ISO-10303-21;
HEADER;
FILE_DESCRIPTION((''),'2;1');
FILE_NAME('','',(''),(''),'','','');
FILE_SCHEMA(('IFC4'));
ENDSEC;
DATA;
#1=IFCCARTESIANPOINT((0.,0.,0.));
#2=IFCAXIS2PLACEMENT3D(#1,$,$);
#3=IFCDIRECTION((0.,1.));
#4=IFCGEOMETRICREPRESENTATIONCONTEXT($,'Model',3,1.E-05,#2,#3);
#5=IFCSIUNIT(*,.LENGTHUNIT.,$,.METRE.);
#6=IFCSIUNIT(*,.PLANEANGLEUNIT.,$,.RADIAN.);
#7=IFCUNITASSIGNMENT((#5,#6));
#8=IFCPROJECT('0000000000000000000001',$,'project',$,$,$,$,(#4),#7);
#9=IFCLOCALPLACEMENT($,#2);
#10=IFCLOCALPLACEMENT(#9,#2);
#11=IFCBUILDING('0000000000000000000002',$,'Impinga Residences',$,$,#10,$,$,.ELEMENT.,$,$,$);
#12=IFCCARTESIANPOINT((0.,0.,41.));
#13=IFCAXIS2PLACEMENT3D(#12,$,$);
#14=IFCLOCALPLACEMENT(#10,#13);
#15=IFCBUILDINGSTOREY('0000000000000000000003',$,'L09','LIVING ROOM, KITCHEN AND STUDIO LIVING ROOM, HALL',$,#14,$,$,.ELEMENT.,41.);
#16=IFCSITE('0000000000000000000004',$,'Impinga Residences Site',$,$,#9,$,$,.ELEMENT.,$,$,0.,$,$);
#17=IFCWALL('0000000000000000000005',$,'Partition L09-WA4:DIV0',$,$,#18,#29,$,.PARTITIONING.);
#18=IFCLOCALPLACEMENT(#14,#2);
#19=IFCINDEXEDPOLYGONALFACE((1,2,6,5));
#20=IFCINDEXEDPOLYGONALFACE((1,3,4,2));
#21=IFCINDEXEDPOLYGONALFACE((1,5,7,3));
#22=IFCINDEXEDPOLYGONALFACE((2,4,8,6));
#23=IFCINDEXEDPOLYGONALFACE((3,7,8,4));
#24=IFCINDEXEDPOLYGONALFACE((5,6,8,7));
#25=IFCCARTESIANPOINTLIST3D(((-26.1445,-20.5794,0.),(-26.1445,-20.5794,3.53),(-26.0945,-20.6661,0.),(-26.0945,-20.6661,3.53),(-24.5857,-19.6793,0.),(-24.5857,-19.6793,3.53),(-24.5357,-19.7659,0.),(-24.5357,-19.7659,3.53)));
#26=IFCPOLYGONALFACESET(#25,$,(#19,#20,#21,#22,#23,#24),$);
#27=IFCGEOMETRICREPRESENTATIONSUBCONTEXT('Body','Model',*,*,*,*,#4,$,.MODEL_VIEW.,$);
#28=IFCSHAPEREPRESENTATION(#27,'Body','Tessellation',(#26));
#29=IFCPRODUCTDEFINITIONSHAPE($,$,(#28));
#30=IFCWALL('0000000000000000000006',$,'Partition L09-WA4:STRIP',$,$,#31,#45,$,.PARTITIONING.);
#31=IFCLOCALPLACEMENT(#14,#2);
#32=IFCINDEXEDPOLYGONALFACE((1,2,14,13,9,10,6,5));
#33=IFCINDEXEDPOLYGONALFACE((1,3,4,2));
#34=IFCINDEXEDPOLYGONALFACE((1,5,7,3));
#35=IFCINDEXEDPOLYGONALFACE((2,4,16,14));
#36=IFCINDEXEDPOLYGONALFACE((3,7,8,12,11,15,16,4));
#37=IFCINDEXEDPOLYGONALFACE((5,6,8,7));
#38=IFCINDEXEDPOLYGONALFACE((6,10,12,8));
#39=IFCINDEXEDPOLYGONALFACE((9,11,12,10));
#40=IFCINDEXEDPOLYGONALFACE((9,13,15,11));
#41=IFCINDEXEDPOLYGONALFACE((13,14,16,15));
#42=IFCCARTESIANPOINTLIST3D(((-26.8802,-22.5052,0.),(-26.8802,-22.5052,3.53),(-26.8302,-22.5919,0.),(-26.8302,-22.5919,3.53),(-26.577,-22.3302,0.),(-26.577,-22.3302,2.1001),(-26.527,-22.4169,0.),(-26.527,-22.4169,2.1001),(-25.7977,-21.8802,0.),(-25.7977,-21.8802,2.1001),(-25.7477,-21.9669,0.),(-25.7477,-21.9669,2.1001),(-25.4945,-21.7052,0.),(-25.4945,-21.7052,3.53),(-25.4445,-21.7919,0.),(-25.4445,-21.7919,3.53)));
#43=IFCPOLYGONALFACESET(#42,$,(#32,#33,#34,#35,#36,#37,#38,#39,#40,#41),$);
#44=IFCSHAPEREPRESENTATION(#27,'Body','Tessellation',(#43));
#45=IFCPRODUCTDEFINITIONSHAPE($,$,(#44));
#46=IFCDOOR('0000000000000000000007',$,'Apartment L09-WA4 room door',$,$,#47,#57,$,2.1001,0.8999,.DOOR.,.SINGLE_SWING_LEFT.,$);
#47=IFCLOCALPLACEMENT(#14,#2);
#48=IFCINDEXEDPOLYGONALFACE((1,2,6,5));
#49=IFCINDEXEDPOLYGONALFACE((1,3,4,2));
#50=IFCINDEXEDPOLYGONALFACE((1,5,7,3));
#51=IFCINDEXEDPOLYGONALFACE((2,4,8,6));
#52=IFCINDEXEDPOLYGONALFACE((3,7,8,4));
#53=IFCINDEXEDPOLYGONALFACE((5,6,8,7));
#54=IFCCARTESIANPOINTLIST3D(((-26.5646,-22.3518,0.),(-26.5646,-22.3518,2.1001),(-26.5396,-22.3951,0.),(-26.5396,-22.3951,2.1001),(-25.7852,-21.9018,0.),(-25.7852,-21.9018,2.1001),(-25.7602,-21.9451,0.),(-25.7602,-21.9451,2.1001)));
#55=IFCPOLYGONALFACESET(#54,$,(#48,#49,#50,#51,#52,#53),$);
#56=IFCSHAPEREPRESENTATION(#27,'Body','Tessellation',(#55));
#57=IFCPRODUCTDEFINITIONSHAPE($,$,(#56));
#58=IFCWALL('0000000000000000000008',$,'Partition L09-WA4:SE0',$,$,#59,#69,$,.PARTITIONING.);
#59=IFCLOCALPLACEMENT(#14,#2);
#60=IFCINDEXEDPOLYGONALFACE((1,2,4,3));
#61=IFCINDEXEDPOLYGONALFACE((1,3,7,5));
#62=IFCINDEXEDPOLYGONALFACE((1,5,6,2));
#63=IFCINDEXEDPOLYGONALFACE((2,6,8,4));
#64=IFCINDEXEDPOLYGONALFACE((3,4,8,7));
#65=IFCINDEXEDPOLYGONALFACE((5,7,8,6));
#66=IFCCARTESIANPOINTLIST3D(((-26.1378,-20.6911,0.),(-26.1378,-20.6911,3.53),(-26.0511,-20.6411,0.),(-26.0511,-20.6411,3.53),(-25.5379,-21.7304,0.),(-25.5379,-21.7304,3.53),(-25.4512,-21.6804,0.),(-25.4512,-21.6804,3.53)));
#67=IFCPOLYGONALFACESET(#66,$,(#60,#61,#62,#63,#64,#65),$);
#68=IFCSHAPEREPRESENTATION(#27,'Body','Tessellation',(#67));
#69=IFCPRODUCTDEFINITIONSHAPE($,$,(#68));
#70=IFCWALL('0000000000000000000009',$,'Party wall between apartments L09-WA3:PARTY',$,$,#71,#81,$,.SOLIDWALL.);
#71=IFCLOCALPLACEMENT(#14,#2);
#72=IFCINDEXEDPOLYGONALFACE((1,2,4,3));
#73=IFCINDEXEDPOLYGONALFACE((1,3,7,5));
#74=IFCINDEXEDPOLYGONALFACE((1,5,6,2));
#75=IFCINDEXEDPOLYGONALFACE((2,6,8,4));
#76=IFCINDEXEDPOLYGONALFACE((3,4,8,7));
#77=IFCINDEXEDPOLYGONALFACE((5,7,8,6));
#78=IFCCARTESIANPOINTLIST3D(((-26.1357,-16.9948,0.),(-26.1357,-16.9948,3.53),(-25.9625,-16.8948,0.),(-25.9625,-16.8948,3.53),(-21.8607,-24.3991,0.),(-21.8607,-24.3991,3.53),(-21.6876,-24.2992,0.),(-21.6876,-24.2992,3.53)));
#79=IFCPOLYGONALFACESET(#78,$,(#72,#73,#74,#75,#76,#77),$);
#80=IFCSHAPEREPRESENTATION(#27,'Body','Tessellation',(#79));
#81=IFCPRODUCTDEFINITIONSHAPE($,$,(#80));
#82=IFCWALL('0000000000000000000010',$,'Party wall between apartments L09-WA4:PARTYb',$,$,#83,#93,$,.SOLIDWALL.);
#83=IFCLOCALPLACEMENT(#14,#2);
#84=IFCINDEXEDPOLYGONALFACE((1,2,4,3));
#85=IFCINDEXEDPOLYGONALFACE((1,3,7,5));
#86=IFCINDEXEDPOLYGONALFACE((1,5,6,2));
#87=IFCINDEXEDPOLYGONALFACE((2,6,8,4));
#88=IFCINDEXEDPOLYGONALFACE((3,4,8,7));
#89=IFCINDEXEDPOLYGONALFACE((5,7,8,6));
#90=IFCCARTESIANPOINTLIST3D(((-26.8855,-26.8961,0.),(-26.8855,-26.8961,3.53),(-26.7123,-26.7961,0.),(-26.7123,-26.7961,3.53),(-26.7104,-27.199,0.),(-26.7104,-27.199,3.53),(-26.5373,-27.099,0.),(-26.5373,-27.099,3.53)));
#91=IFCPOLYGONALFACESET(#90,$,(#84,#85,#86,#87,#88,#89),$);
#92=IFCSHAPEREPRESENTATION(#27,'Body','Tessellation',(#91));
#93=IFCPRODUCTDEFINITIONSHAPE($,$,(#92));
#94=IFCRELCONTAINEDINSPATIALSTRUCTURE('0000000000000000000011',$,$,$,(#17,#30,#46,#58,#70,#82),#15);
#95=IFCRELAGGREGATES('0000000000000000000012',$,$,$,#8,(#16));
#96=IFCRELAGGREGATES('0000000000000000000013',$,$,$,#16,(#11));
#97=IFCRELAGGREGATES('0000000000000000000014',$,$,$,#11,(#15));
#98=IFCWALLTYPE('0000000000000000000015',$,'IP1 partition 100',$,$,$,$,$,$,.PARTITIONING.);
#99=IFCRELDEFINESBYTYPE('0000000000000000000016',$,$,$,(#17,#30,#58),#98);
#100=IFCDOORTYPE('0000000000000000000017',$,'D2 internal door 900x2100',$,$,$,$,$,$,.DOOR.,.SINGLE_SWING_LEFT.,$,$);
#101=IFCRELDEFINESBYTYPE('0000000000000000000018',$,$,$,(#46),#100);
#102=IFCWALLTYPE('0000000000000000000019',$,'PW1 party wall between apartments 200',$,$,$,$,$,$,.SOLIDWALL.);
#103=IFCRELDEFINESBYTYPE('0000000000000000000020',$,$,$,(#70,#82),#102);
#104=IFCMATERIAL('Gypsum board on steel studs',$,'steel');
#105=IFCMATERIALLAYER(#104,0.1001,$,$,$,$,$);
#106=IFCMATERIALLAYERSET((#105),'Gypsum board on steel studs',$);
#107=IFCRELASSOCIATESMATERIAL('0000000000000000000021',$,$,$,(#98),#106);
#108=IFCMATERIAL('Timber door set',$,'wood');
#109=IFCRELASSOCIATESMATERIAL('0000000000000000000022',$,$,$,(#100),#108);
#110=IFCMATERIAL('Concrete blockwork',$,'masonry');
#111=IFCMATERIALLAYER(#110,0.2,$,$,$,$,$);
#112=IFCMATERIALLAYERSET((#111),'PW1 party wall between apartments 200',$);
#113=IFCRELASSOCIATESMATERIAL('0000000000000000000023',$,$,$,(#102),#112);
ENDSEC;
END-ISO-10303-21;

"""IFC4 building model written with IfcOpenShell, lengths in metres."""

from ifc_helpers import new_model, si_unit, direction, frame, frame_2d, origin, place, context, subcontext, project, spatial, rectangle, extrude, material, layer, layer_set, type_object, element, fill, save


model = new_model("IFC4")

# Units and contexts
model_context = context("Model", 3, precision=1e-05, world=origin(), true_north=direction((0.0, 1.0)))
body_context = subcontext(model_context, "Body", "Model", "MODEL_VIEW")
ifc_project = project(units=[si_unit("LENGTHUNIT", "METRE"), si_unit("PLANEANGLEUNIT", "RADIAN")], contexts=[model_context])

# Site, building, storey
site_placement = place(None, origin())
site = spatial("IfcSite", under=ifc_project, at=site_placement, Name="Impinga Residences Site", CompositionType="ELEMENT", RefElevation=0.0)
building_placement = place(site_placement, origin())
building = spatial("IfcBuilding", under=site, at=building_placement, Name="Impinga Residences", CompositionType="ELEMENT")
storey_placement = place(building_placement, frame((0.0, 0.0, 41.0)))
storey = spatial("IfcBuildingStorey", under=building, at=storey_placement, Name="L09", Description="LIVING ROOM, KITCHEN AND STUDIO LIVING ROOM, HALL", CompositionType="ELEMENT", Elevation=41.0)

# Shared definitions
ifc_material_1 = material(Name="Concrete blockwork", Category="masonry")
ifc_material_2 = material(Name="Timber door set", Category="wood")

# Shared definitions
ifc_material_3 = material(Name="Gypsum board on steel studs", Category="steel")
ifc_layer_1 = layer(ifc_material_3, 0.1001)
ifc_layer_set_1 = layer_set([ifc_layer_1], Name="Gypsum board on steel studs")
wall_type_1 = type_object("IfcWallType", Name="IP1 partition 100", PredefinedType="PARTITIONING", material=ifc_layer_set_1)

# Shared definitions
door_type_1 = type_object("IfcDoorType", Name="D2 internal door 900x2100", OperationType="SINGLE_SWING_LEFT", PredefinedType="DOOR", material=ifc_material_2)

# Wall
wall_1_placement = place(storey_placement, frame((-24.5608, -19.7227, 0.0), z_axis=(0.0, 0.0, 1.0), x_axis=(-0.865989, -0.500063, 0.0)))
element("IfcWall", 1, at=wall_1_placement, inside=storey, type_object=wall_type_1, Name="Partition L09-WA4:DIV0", PredefinedType="PARTITIONING", context=body_context, shape_type="SweptSolid", body=[
    extrude(rectangle(XDim=1.8, YDim=0.1001, at=frame_2d((0.8999, 0.0))), origin(), (0.0, 0.0, 1.0), 3.53),
])

# Wall, opening, door
wall_2_placement = place(storey_placement, frame((-25.4695, -21.7485, 0.0), z_axis=(0.0, 0.0, 1.0), x_axis=(-0.866028, -0.499995, 0.0)))
wall_2 = element("IfcWall", 2, at=wall_2_placement, inside=storey, type_object=wall_type_1, Name="Partition L09-WA4:STRIP", PredefinedType="PARTITIONING", context=body_context, shape_type="SweptSolid", body=[
    extrude(rectangle(XDim=1.6001, YDim=0.1001, at=frame_2d((0.8, 0.0))), origin(), (0.0, 0.0, 1.0), 3.53),
])
opening_1_placement = place(wall_2_placement, frame((0.3501, 0.0, 0.0)))
opening_1 = element("IfcOpeningElement", 3, at=opening_1_placement, cuts=wall_2, PredefinedType="OPENING", context=body_context, shape_type="SweptSolid", body=[
    extrude(rectangle(XDim=0.8999, YDim=2.1001, at=frame_2d((0.45, 1.05))), frame((0.0, 0.0601, 0.0), z_axis=(0.0, -1.0, 0.0), x_axis=(1.0, 0.0, 0.0)), (0.0, 0.0, 1.0), 0.1201),
])
door_1_placement = place(opening_1_placement, origin())
door_1 = element("IfcDoor", 4, at=door_1_placement, inside=storey, type_object=door_type_1, Name="Apartment L09-WA4 room door", OperationType="SINGLE_SWING_LEFT", OverallHeight=2.1001, OverallWidth=0.8999, PredefinedType="DOOR", context=body_context, shape_type="SweptSolid", body=[
    extrude(rectangle(XDim=0.8999, YDim=2.1001, at=frame_2d((0.45, 1.05))), frame((0.0, 0.0249, 0.0), z_axis=(0.0, -1.0, 0.0), x_axis=(1.0, 0.0, 0.0)), (0.0, 0.0, 1.0), 0.05),
])
fill(opening_1, door_1)

# Walls
wall_3_placement = place(storey_placement, frame((-26.0945, -20.666, 0.0), z_axis=(0.0, 0.0, 1.0), x_axis=(0.499881, -0.866094, 0.0)))
element("IfcWall", 5, at=wall_3_placement, inside=storey, type_object=wall_type_1, Name="Partition L09-WA4:SE0", PredefinedType="PARTITIONING", context=body_context, shape_type="SweptSolid", body=[
    extrude(rectangle(XDim=1.2, YDim=0.1001, at=frame_2d((0.6001, 0.0))), origin(), (0.0, 0.0, 1.0), 3.53),
])
ifc_layer_2 = layer(ifc_material_1, 0.2)
ifc_layer_set_2 = layer_set([ifc_layer_2], Name="PW1 party wall between apartments 200")
wall_type_2 = type_object("IfcWallType", Name="PW1 party wall between apartments 200", PredefinedType="SOLIDWALL", material=ifc_layer_set_2)
wall_4_placement = place(storey_placement, frame((-26.0491, -16.9448, 0.0), z_axis=(0.0, 0.0, 1.0), x_axis=(0.500003, -0.866024, 0.0)))
element("IfcWall", 6, at=wall_4_placement, inside=storey, type_object=wall_type_2, Name="Party wall between apartments L09-WA3:PARTY", PredefinedType="SOLIDWALL", context=body_context, shape_type="SweptSolid", body=[
    extrude(rectangle(XDim=8.5498, YDim=0.2, at=frame_2d((4.2749, 0.0))), origin(), (0.0, 0.0, 1.0), 3.53),
])
wall_5_placement = place(storey_placement, frame((-26.7988, -26.8462, 0.0), z_axis=(0.0, 0.0, 1.0), x_axis=(0.500266, -0.865872, 0.0)))
element("IfcWall", 7, at=wall_5_placement, inside=storey, type_object=wall_type_2, Name="Party wall between apartments L09-WA4:PARTYb", PredefinedType="SOLIDWALL", context=body_context, shape_type="SweptSolid", body=[
    extrude(rectangle(XDim=0.3499, YDim=0.2, at=frame_2d((0.1748, 0.0))), origin(), (0.0, 0.0, 1.0), 3.53),
])

save(model, "model.ifc")
